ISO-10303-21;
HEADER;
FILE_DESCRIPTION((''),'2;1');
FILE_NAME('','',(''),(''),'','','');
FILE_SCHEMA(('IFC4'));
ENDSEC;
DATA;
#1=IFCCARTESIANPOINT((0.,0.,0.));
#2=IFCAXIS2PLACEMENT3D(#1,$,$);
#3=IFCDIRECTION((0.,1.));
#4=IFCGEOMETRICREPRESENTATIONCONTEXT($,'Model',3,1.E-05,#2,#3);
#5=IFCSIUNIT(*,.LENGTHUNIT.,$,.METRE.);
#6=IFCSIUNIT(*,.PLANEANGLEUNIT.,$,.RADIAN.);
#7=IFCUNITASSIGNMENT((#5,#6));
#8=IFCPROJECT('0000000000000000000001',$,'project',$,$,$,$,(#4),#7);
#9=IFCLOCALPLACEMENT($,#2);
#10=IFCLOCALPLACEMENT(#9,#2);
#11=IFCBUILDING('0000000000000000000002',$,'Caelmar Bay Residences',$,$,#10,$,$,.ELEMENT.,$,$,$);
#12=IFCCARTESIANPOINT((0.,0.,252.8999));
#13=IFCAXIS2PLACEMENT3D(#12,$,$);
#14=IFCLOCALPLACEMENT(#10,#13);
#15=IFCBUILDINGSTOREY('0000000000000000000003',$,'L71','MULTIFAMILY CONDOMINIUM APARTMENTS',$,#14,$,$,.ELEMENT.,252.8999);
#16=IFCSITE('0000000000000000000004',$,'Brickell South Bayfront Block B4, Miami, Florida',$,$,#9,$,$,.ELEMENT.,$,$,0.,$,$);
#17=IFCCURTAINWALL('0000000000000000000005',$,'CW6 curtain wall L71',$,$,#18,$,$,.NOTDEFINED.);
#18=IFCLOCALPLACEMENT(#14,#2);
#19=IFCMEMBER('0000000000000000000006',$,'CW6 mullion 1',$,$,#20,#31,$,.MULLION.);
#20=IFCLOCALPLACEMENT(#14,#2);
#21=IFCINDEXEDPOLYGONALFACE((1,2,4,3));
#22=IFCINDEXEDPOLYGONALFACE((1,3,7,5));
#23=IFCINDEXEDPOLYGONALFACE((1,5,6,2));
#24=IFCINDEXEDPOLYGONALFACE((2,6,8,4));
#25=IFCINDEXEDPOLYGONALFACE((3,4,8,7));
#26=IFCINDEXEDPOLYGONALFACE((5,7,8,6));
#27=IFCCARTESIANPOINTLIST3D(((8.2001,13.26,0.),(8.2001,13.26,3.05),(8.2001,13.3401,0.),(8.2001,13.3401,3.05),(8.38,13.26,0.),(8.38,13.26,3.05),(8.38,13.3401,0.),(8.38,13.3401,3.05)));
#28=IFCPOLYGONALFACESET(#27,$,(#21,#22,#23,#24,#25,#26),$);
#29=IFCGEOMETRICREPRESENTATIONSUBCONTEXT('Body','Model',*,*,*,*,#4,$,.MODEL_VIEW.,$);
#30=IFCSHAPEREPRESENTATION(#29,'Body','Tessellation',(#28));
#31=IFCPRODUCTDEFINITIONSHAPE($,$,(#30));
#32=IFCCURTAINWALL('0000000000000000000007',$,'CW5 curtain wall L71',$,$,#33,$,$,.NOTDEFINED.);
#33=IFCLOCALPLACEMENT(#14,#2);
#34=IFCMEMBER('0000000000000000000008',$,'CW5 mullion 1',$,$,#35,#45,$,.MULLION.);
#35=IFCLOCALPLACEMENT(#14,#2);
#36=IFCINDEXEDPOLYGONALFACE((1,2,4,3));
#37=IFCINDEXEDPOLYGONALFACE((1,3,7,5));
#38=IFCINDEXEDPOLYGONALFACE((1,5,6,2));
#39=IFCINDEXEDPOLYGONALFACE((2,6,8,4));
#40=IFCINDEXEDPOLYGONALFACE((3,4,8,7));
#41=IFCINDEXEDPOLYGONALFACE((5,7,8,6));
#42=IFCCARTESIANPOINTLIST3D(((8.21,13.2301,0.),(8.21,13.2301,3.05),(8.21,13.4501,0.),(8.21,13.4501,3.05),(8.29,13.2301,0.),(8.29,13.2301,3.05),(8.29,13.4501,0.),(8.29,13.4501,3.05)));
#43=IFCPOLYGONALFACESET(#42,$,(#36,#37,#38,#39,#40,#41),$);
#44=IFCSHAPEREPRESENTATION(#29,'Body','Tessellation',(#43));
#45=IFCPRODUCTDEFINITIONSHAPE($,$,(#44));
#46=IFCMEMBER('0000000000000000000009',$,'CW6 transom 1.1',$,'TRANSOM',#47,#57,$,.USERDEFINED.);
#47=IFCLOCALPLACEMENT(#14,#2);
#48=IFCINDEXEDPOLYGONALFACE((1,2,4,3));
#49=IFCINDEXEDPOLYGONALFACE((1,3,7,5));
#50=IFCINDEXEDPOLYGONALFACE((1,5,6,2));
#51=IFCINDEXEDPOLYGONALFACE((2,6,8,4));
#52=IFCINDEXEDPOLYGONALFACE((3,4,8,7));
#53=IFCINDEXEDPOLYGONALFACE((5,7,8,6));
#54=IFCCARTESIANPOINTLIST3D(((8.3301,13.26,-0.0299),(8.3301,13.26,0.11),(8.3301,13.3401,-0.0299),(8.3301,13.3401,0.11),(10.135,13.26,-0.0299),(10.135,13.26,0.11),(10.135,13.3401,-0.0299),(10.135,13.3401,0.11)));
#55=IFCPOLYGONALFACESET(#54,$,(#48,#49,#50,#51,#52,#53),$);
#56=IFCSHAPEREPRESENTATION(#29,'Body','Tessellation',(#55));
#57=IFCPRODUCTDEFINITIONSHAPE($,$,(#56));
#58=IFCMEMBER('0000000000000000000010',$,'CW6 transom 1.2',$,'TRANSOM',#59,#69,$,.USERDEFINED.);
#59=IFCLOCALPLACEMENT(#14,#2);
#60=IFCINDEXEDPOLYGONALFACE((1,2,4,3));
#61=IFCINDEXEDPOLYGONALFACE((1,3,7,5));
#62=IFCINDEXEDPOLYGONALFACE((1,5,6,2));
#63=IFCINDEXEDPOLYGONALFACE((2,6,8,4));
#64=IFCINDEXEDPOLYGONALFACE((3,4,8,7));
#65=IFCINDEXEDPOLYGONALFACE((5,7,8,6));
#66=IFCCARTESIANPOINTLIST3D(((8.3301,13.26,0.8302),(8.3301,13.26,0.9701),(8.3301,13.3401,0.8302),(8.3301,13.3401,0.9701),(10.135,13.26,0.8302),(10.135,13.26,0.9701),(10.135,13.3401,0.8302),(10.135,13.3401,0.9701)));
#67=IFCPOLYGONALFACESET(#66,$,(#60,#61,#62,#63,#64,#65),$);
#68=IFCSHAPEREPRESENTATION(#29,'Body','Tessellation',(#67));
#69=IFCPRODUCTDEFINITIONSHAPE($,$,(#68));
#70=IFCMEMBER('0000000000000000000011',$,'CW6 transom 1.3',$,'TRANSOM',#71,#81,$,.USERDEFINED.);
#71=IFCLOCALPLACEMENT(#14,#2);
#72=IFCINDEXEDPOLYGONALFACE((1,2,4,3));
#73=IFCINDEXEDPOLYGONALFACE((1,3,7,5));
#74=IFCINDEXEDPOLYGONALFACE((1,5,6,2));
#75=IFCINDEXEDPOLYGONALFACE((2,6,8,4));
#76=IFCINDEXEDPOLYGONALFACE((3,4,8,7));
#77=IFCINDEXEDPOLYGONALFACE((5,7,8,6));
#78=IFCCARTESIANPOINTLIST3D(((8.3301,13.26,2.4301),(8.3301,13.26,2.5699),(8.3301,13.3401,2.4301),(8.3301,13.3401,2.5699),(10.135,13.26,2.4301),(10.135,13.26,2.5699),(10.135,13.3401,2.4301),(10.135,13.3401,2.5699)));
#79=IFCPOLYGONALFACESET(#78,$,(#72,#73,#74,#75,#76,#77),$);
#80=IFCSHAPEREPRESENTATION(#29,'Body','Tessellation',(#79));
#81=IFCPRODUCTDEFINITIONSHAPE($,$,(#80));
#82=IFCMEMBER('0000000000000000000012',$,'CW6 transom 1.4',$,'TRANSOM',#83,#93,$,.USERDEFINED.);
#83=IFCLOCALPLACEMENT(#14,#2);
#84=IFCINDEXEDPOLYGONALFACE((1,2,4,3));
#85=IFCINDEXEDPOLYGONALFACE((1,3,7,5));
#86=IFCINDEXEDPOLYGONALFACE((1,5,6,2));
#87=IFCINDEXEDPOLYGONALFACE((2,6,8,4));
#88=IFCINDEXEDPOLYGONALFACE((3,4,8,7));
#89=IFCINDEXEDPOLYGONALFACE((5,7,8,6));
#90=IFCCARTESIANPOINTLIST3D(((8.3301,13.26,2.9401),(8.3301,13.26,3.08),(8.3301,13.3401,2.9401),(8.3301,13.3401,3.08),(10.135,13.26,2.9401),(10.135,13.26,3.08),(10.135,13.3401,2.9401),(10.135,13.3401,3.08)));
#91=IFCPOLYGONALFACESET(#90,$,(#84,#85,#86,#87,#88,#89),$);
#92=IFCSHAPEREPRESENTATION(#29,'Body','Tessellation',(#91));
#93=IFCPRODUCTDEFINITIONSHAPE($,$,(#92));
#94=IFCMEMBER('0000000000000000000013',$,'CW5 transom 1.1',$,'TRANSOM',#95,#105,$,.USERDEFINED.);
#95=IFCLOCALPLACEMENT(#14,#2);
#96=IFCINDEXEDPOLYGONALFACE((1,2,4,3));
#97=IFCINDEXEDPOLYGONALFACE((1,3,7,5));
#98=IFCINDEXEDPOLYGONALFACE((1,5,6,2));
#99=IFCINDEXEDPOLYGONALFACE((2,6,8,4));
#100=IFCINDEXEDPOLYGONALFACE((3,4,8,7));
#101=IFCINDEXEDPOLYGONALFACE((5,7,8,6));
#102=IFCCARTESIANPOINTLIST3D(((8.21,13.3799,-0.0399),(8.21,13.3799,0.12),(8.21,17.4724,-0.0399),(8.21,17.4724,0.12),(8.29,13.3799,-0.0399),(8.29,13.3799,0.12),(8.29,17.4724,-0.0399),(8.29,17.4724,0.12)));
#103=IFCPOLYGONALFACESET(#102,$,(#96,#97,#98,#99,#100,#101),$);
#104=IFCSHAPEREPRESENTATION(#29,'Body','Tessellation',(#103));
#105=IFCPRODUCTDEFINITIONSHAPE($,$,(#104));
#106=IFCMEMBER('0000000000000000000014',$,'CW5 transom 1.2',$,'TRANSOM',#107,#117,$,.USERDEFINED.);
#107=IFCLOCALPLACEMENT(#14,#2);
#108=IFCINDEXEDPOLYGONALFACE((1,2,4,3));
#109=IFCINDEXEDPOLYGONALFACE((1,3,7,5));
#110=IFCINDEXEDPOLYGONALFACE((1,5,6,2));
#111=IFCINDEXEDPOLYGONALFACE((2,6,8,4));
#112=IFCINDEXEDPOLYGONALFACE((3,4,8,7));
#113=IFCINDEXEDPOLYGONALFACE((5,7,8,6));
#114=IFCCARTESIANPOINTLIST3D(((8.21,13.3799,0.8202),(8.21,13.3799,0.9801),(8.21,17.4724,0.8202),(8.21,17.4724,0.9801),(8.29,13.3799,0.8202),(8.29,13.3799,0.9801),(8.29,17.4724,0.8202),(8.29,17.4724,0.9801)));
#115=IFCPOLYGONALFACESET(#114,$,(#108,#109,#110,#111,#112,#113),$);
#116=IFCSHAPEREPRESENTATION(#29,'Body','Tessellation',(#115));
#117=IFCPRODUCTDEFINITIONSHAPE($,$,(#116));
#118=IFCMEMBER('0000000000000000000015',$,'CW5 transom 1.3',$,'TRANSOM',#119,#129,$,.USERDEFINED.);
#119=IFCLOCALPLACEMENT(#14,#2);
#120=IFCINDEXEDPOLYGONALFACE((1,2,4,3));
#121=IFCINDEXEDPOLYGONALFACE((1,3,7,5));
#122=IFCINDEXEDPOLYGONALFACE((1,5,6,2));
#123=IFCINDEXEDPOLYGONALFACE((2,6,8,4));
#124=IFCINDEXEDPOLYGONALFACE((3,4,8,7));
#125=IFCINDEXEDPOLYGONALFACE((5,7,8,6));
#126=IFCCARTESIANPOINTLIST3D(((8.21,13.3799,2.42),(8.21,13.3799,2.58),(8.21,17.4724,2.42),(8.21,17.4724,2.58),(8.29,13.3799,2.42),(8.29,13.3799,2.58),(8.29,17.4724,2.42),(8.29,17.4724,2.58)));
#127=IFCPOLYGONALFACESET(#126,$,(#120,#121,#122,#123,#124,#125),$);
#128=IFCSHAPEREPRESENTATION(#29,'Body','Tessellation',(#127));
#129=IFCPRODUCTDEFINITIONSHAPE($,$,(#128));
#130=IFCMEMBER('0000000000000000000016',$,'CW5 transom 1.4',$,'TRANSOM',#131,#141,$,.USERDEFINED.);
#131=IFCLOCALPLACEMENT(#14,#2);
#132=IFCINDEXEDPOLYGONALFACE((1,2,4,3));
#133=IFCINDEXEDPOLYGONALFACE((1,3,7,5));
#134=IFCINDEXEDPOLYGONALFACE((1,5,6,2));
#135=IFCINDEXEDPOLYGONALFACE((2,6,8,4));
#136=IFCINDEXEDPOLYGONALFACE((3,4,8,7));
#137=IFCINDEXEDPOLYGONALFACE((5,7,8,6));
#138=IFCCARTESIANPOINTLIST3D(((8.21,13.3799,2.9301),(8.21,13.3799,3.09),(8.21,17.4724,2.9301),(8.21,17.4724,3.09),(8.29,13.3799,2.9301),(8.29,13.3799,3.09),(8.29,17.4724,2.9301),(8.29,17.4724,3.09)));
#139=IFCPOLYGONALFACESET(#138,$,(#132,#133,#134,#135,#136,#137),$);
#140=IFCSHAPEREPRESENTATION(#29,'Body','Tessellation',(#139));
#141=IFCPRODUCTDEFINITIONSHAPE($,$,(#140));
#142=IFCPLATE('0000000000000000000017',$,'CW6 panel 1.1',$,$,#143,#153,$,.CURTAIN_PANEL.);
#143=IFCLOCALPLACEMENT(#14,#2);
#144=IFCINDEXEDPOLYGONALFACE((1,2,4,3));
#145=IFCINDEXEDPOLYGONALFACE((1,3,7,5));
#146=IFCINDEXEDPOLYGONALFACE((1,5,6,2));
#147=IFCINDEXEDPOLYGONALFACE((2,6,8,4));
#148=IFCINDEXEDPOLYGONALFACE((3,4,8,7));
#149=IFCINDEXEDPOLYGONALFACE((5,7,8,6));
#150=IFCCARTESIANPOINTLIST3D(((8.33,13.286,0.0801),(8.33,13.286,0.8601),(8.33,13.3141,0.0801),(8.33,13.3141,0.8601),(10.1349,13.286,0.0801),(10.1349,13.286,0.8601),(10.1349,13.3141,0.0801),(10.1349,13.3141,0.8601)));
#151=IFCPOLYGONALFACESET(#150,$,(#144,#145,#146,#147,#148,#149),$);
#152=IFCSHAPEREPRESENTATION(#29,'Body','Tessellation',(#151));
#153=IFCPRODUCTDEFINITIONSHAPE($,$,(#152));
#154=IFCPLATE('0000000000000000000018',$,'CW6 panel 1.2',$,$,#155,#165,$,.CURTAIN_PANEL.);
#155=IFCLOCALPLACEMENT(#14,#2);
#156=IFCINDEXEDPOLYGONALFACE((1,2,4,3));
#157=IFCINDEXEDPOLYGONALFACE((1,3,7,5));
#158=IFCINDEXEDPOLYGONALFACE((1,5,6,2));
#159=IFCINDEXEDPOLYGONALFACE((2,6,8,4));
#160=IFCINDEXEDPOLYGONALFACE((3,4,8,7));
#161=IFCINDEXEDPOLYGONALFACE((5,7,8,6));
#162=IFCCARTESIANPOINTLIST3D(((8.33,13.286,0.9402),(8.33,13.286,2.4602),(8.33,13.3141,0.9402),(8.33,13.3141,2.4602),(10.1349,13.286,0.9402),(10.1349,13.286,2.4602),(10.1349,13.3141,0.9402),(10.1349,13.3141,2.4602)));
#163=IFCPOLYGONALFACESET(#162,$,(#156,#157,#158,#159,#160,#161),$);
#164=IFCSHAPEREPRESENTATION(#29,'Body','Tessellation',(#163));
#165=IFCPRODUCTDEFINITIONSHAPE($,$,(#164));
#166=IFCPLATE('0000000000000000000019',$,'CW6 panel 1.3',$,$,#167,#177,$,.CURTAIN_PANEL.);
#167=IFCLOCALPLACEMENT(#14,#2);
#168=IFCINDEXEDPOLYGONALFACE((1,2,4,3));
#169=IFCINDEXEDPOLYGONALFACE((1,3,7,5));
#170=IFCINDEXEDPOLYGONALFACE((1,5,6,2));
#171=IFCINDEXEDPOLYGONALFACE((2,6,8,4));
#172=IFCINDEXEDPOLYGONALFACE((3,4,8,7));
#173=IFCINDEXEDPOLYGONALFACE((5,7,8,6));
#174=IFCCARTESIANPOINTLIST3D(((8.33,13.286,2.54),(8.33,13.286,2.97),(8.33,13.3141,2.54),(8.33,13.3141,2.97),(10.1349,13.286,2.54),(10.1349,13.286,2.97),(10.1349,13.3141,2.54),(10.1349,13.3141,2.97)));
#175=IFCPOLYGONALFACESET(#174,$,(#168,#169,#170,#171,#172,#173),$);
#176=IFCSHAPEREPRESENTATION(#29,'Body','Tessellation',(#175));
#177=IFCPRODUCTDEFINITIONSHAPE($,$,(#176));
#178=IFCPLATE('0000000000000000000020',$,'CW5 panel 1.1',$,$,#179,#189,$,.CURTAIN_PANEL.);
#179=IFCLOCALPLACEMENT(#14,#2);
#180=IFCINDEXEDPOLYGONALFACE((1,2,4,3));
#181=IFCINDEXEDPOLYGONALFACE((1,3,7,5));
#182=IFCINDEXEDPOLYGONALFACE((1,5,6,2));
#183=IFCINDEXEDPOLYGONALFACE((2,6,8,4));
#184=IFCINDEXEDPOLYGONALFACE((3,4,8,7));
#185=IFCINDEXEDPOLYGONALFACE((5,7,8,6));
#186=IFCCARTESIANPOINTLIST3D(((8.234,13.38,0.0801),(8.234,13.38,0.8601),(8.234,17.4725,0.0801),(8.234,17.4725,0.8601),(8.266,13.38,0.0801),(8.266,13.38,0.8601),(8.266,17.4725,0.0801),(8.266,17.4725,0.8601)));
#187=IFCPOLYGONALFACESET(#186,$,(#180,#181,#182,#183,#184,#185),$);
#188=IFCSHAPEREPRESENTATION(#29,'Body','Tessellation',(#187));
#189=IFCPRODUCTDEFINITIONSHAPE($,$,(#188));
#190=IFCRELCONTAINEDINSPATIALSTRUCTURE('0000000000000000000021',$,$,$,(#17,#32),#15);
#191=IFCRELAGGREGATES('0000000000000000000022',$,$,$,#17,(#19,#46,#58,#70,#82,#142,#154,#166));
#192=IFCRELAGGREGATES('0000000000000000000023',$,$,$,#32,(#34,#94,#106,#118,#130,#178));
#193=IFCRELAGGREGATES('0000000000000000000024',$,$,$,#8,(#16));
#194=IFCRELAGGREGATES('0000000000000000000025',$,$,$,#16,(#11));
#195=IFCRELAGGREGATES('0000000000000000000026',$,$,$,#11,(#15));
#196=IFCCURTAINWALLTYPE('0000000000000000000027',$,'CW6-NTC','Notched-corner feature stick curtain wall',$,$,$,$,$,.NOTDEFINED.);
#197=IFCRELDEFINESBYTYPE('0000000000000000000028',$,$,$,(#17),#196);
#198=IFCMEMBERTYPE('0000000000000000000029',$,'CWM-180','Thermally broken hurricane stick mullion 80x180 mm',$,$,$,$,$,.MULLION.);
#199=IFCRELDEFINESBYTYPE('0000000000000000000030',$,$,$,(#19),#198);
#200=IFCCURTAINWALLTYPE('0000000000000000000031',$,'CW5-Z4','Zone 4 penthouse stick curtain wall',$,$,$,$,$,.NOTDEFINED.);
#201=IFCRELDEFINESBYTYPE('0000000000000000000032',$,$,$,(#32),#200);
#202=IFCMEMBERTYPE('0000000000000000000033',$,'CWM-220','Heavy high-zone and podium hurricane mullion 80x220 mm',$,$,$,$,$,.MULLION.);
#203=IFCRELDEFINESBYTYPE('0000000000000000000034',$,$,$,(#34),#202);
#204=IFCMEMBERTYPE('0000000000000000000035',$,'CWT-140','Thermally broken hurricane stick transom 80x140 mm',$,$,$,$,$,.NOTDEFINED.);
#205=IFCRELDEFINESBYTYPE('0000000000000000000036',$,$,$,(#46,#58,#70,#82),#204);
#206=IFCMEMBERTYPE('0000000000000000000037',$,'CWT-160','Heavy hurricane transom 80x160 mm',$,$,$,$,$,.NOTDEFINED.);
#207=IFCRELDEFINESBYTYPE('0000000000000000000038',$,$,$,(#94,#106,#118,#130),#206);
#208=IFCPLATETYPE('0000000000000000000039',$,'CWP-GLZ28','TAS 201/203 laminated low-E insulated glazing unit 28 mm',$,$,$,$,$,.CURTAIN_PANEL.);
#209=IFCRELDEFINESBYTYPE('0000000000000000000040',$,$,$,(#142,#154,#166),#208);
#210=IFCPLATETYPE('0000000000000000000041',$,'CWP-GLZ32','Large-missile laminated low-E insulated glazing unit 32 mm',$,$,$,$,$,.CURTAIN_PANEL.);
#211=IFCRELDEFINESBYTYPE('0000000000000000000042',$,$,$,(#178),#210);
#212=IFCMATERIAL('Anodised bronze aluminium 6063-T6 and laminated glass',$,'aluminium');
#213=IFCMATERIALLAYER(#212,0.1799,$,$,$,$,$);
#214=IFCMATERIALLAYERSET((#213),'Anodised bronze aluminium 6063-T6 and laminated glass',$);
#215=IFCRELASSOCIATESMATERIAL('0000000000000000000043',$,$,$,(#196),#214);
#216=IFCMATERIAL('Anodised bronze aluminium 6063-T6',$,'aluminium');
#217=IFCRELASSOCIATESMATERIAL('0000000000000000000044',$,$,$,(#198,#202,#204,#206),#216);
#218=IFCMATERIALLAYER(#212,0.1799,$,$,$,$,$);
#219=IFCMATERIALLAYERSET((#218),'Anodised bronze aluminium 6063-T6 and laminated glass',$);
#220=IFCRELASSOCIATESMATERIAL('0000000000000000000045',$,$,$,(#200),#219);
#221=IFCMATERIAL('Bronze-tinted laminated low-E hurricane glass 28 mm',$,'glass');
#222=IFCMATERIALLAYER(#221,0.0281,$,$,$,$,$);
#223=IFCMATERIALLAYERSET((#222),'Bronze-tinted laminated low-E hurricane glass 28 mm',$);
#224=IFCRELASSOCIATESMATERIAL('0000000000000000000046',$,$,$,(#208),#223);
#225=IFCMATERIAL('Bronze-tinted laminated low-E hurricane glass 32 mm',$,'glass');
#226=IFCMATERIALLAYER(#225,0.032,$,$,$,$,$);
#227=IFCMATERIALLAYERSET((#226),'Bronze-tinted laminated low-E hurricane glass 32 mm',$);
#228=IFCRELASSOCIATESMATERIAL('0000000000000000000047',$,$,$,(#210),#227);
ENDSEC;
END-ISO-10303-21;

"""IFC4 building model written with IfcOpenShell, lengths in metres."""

from ifc_helpers import new_model, si_unit, direction, frame, origin, origin_2d, place, context, subcontext, project, spatial, rectangle, extrude, material, layer, layer_set, material_profile, profile_set, type_object, element, aggregate, save


model = new_model("IFC4")

# Units and contexts
model_context = context("Model", 3, precision=1e-05, world=origin(), true_north=direction((0.0, 1.0)))
body_context = subcontext(model_context, "Body", "Model", "MODEL_VIEW")
ifc_project = project(units=[si_unit("LENGTHUNIT", "METRE"), si_unit("PLANEANGLEUNIT", "RADIAN")], contexts=[model_context])

# Site, building, storey
site_placement = place(None, origin())
site = spatial("IfcSite", under=ifc_project, at=site_placement, Name="Brickell South Bayfront Block B4, Miami, Florida", CompositionType="ELEMENT", RefElevation=0.0)
building_placement = place(site_placement, origin())
building = spatial("IfcBuilding", under=site, at=building_placement, Name="Caelmar Bay Residences", CompositionType="ELEMENT")
storey_placement = place(building_placement, frame((0.0, 0.0, 252.8999)))
storey = spatial("IfcBuildingStorey", under=building, at=storey_placement, Name="L71", Description="MULTIFAMILY CONDOMINIUM APARTMENTS", CompositionType="ELEMENT", Elevation=252.8999)

# Curtain walls, members
ifc_material_1 = material(Name="Anodised bronze aluminium 6063-T6 and laminated glass", Category="aluminium")
ifc_layer_1 = layer(ifc_material_1, 0.1799)
ifc_layer_set_1 = layer_set([ifc_layer_1], Name="Anodised bronze aluminium 6063-T6 and laminated glass")
curtain_wall_type_1 = type_object("IfcCurtainWallType", Name="CW6-NTC", Description="Notched-corner feature stick curtain wall", PredefinedType="NOTDEFINED", material=ifc_layer_set_1)
curtain_wall_1_placement = place(storey_placement, origin())
curtain_wall_1 = element("IfcCurtainWall", 1, at=curtain_wall_1_placement, inside=storey, type_object=curtain_wall_type_1, Name="CW6 curtain wall L71", PredefinedType="NOTDEFINED")
ifc_material_2 = material(Name="Anodised bronze aluminium 6063-T6", Category="aluminium")
ifc_material_profile_1 = material_profile(ifc_material_2, rectangle(XDim=0.0801, YDim=0.1799, at=origin_2d()), Name="CWM-80X180")
ifc_profile_set_1 = profile_set([ifc_material_profile_1], Name="Anodised bronze aluminium 6063-T6")
member_type_1 = type_object("IfcMemberType", Name="CWM-180", Description="Thermally broken hurricane stick mullion 80x180 mm", PredefinedType="MULLION", material=ifc_profile_set_1)
member_1_placement = place(storey_placement, frame((8.29, 13.3, 0.0), z_axis=(0.0, 0.0, 1.0), x_axis=(0.0, 1.0, 0.0)))
member_1 = element("IfcMember", 2, at=member_1_placement, type_object=member_type_1, Name="CW6 mullion 1", PredefinedType="MULLION", context=body_context, shape_type="SweptSolid", body=[
    extrude(rectangle(XDim=0.0801, YDim=0.1799, at=origin_2d()), origin(), (0.0, 0.0, 1.0), 3.05),
])
ifc_layer_2 = layer(ifc_material_1, 0.1799)
ifc_layer_set_2 = layer_set([ifc_layer_2], Name="Anodised bronze aluminium 6063-T6 and laminated glass")
curtain_wall_type_2 = type_object("IfcCurtainWallType", Name="CW5-Z4", Description="Zone 4 penthouse stick curtain wall", PredefinedType="NOTDEFINED", material=ifc_layer_set_2)
curtain_wall_2_placement = place(storey_placement, origin())
curtain_wall_2 = element("IfcCurtainWall", 3, at=curtain_wall_2_placement, inside=storey, type_object=curtain_wall_type_2, Name="CW5 curtain wall L71", PredefinedType="NOTDEFINED")
ifc_material_profile_2 = material_profile(ifc_material_2, rectangle(XDim=0.0801, YDim=0.22, at=origin_2d()), Name="CWM-80X220")
ifc_profile_set_2 = profile_set([ifc_material_profile_2], Name="Anodised bronze aluminium 6063-T6")
member_type_2 = type_object("IfcMemberType", Name="CWM-220", Description="Heavy high-zone and podium hurricane mullion 80x220 mm", PredefinedType="MULLION", material=ifc_profile_set_2)
member_2_placement = place(storey_placement, frame((8.25, 13.3401, 0.0), z_axis=(0.0, 0.0, 1.0), x_axis=(-1.0, 0.0, 0.0)))
member_2 = element("IfcMember", 4, at=member_2_placement, type_object=member_type_2, Name="CW5 mullion 1", PredefinedType="MULLION", context=body_context, shape_type="SweptSolid", body=[
    extrude(rectangle(XDim=0.0801, YDim=0.22, at=origin_2d()), origin(), (0.0, 0.0, 1.0), 3.05),
])

# Members
ifc_material_profile_3 = material_profile(ifc_material_2, rectangle(XDim=0.0801, YDim=0.1399, at=origin_2d()), Name="CWT-80X140")
ifc_profile_set_3 = profile_set([ifc_material_profile_3], Name="Anodised bronze aluminium 6063-T6")
member_type_3 = type_object("IfcMemberType", Name="CWT-140", Description="Thermally broken hurricane stick transom 80x140 mm", PredefinedType="NOTDEFINED", material=ifc_profile_set_3)
member_3_placement = place(storey_placement, frame((8.3301, 13.3, 0.04), z_axis=(1.0, 0.0, 0.0), x_axis=(0.0, 1.0, 0.0)))
member_3 = element("IfcMember", 5, at=member_3_placement, type_object=member_type_3, Name="CW6 transom 1.1", ObjectType="TRANSOM", PredefinedType="USERDEFINED", context=body_context, shape_type="SweptSolid", body=[
    extrude(rectangle(XDim=0.0801, YDim=0.1399, at=origin_2d()), origin(), (0.0, 0.0, 1.0), 1.8049),
])
member_4_placement = place(storey_placement, frame((8.3301, 13.3, 0.9001), z_axis=(1.0, 0.0, 0.0), x_axis=(0.0, 1.0, 0.0)))
member_4 = element("IfcMember", 6, at=member_4_placement, type_object=member_type_3, Name="CW6 transom 1.2", ObjectType="TRANSOM", PredefinedType="USERDEFINED", context=body_context, shape_type="SweptSolid", body=[
    extrude(rectangle(XDim=0.0801, YDim=0.1399, at=origin_2d()), origin(), (0.0, 0.0, 1.0), 1.8049),
])
member_5_placement = place(storey_placement, frame((8.3301, 13.3, 2.5), z_axis=(1.0, 0.0, 0.0), x_axis=(0.0, 1.0, 0.0)))
member_5 = element("IfcMember", 7, at=member_5_placement, type_object=member_type_3, Name="CW6 transom 1.3", ObjectType="TRANSOM", PredefinedType="USERDEFINED", context=body_context, shape_type="SweptSolid", body=[
    extrude(rectangle(XDim=0.0801, YDim=0.1399, at=origin_2d()), origin(), (0.0, 0.0, 1.0), 1.8049),
])
member_6_placement = place(storey_placement, frame((8.3301, 13.3, 3.01), z_axis=(1.0, 0.0, 0.0), x_axis=(0.0, 1.0, 0.0)))
member_6 = element("IfcMember", 8, at=member_6_placement, type_object=member_type_3, Name="CW6 transom 1.4", ObjectType="TRANSOM", PredefinedType="USERDEFINED", context=body_context, shape_type="SweptSolid", body=[
    extrude(rectangle(XDim=0.0801, YDim=0.1399, at=origin_2d()), origin(), (0.0, 0.0, 1.0), 1.8049),
])
ifc_material_profile_4 = material_profile(ifc_material_2, rectangle(XDim=0.0801, YDim=0.1599, at=origin_2d()), Name="CWT-80X160")
ifc_profile_set_4 = profile_set([ifc_material_profile_4], Name="Anodised bronze aluminium 6063-T6")
member_type_4 = type_object("IfcMemberType", Name="CWT-160", Description="Heavy hurricane transom 80x160 mm", PredefinedType="NOTDEFINED", material=ifc_profile_set_4)
member_7_placement = place(storey_placement, frame((8.25, 13.3799, 0.04), z_axis=(0.0, 1.0, 0.0), x_axis=(-1.0, 0.0, 0.0)))
member_7 = element("IfcMember", 9, at=member_7_placement, type_object=member_type_4, Name="CW5 transom 1.1", ObjectType="TRANSOM", PredefinedType="USERDEFINED", context=body_context, shape_type="SweptSolid", body=[
    extrude(rectangle(XDim=0.0801, YDim=0.1599, at=origin_2d()), origin(), (0.0, 0.0, 1.0), 4.0925),
])
member_8_placement = place(storey_placement, frame((8.25, 13.3799, 0.9001), z_axis=(0.0, 1.0, 0.0), x_axis=(-1.0, 0.0, 0.0)))
member_8 = element("IfcMember", 10, at=member_8_placement, type_object=member_type_4, Name="CW5 transom 1.2", ObjectType="TRANSOM", PredefinedType="USERDEFINED", context=body_context, shape_type="SweptSolid", body=[
    extrude(rectangle(XDim=0.0801, YDim=0.1599, at=origin_2d()), origin(), (0.0, 0.0, 1.0), 4.0925),
])
member_9_placement = place(storey_placement, frame((8.25, 13.3799, 2.5), z_axis=(0.0, 1.0, 0.0), x_axis=(-1.0, 0.0, 0.0)))
member_9 = element("IfcMember", 11, at=member_9_placement, type_object=member_type_4, Name="CW5 transom 1.3", ObjectType="TRANSOM", PredefinedType="USERDEFINED", context=body_context, shape_type="SweptSolid", body=[
    extrude(rectangle(XDim=0.0801, YDim=0.1599, at=origin_2d()), origin(), (0.0, 0.0, 1.0), 4.0925),
])
member_10_placement = place(storey_placement, frame((8.25, 13.3799, 3.01), z_axis=(0.0, 1.0, 0.0), x_axis=(-1.0, 0.0, 0.0)))
member_10 = element("IfcMember", 12, at=member_10_placement, type_object=member_type_4, Name="CW5 transom 1.4", ObjectType="TRANSOM", PredefinedType="USERDEFINED", context=body_context, shape_type="SweptSolid", body=[
    extrude(rectangle(XDim=0.0801, YDim=0.1599, at=origin_2d()), origin(), (0.0, 0.0, 1.0), 4.0925),
])

# Plates
ifc_material_3 = material(Name="Bronze-tinted laminated low-E hurricane glass 28 mm", Category="glass")
ifc_layer_3 = layer(ifc_material_3, 0.0281)
ifc_layer_set_3 = layer_set([ifc_layer_3], Name="Bronze-tinted laminated low-E hurricane glass 28 mm")
plate_type_1 = type_object("IfcPlateType", Name="CWP-GLZ28", Description="TAS 201/203 laminated low-E insulated glazing unit 28 mm", PredefinedType="CURTAIN_PANEL", material=ifc_layer_set_3)
plate_1_placement = place(storey_placement, frame((9.2324, 13.3, 0.0801), z_axis=(0.0, 0.0, 1.0), x_axis=(1.0, 0.0, 0.0)))
plate_1 = element("IfcPlate", 13, at=plate_1_placement, type_object=plate_type_1, Name="CW6 panel 1.1", PredefinedType="CURTAIN_PANEL", context=body_context, shape_type="SweptSolid", body=[
    extrude(rectangle(XDim=1.8049, YDim=0.0281, at=origin_2d()), origin(), (0.0, 0.0, 1.0), 0.78),
])
plate_2_placement = place(storey_placement, frame((9.2324, 13.3, 0.9402), z_axis=(0.0, 0.0, 1.0), x_axis=(1.0, 0.0, 0.0)))
plate_2 = element("IfcPlate", 14, at=plate_2_placement, type_object=plate_type_1, Name="CW6 panel 1.2", PredefinedType="CURTAIN_PANEL", context=body_context, shape_type="SweptSolid", body=[
    extrude(rectangle(XDim=1.8049, YDim=0.0281, at=origin_2d()), origin(), (0.0, 0.0, 1.0), 1.52),
])
plate_3_placement = place(storey_placement, frame((9.2324, 13.3, 2.54), z_axis=(0.0, 0.0, 1.0), x_axis=(1.0, 0.0, 0.0)))
plate_3 = element("IfcPlate", 15, at=plate_3_placement, type_object=plate_type_1, Name="CW6 panel 1.3", PredefinedType="CURTAIN_PANEL", context=body_context, shape_type="SweptSolid", body=[
    extrude(rectangle(XDim=1.8049, YDim=0.0281, at=origin_2d()), origin(), (0.0, 0.0, 1.0), 0.4299),
])
aggregate(curtain_wall_1, [member_1, member_3, member_4, member_5, member_6, plate_1, plate_2, plate_3])
ifc_material_4 = material(Name="Bronze-tinted laminated low-E hurricane glass 32 mm", Category="glass")
ifc_layer_4 = layer(ifc_material_4, 0.032)
ifc_layer_set_4 = layer_set([ifc_layer_4], Name="Bronze-tinted laminated low-E hurricane glass 32 mm")
plate_type_2 = type_object("IfcPlateType", Name="CWP-GLZ32", Description="Large-missile laminated low-E insulated glazing unit 32 mm", PredefinedType="CURTAIN_PANEL", material=ifc_layer_set_4)
plate_4_placement = place(storey_placement, frame((8.25, 15.4263, 0.0801), z_axis=(0.0, 0.0, 1.0), x_axis=(0.0, 1.0, 0.0)))
plate_4 = element("IfcPlate", 16, at=plate_4_placement, type_object=plate_type_2, Name="CW5 panel 1.1", PredefinedType="CURTAIN_PANEL", context=body_context, shape_type="SweptSolid", body=[
    extrude(rectangle(XDim=4.0925, YDim=0.032, at=origin_2d()), origin(), (0.0, 0.0, 1.0), 0.78),
])
aggregate(curtain_wall_2, [member_2, member_7, member_8, member_9, member_10, plate_4])

save(model, "model.ifc")
